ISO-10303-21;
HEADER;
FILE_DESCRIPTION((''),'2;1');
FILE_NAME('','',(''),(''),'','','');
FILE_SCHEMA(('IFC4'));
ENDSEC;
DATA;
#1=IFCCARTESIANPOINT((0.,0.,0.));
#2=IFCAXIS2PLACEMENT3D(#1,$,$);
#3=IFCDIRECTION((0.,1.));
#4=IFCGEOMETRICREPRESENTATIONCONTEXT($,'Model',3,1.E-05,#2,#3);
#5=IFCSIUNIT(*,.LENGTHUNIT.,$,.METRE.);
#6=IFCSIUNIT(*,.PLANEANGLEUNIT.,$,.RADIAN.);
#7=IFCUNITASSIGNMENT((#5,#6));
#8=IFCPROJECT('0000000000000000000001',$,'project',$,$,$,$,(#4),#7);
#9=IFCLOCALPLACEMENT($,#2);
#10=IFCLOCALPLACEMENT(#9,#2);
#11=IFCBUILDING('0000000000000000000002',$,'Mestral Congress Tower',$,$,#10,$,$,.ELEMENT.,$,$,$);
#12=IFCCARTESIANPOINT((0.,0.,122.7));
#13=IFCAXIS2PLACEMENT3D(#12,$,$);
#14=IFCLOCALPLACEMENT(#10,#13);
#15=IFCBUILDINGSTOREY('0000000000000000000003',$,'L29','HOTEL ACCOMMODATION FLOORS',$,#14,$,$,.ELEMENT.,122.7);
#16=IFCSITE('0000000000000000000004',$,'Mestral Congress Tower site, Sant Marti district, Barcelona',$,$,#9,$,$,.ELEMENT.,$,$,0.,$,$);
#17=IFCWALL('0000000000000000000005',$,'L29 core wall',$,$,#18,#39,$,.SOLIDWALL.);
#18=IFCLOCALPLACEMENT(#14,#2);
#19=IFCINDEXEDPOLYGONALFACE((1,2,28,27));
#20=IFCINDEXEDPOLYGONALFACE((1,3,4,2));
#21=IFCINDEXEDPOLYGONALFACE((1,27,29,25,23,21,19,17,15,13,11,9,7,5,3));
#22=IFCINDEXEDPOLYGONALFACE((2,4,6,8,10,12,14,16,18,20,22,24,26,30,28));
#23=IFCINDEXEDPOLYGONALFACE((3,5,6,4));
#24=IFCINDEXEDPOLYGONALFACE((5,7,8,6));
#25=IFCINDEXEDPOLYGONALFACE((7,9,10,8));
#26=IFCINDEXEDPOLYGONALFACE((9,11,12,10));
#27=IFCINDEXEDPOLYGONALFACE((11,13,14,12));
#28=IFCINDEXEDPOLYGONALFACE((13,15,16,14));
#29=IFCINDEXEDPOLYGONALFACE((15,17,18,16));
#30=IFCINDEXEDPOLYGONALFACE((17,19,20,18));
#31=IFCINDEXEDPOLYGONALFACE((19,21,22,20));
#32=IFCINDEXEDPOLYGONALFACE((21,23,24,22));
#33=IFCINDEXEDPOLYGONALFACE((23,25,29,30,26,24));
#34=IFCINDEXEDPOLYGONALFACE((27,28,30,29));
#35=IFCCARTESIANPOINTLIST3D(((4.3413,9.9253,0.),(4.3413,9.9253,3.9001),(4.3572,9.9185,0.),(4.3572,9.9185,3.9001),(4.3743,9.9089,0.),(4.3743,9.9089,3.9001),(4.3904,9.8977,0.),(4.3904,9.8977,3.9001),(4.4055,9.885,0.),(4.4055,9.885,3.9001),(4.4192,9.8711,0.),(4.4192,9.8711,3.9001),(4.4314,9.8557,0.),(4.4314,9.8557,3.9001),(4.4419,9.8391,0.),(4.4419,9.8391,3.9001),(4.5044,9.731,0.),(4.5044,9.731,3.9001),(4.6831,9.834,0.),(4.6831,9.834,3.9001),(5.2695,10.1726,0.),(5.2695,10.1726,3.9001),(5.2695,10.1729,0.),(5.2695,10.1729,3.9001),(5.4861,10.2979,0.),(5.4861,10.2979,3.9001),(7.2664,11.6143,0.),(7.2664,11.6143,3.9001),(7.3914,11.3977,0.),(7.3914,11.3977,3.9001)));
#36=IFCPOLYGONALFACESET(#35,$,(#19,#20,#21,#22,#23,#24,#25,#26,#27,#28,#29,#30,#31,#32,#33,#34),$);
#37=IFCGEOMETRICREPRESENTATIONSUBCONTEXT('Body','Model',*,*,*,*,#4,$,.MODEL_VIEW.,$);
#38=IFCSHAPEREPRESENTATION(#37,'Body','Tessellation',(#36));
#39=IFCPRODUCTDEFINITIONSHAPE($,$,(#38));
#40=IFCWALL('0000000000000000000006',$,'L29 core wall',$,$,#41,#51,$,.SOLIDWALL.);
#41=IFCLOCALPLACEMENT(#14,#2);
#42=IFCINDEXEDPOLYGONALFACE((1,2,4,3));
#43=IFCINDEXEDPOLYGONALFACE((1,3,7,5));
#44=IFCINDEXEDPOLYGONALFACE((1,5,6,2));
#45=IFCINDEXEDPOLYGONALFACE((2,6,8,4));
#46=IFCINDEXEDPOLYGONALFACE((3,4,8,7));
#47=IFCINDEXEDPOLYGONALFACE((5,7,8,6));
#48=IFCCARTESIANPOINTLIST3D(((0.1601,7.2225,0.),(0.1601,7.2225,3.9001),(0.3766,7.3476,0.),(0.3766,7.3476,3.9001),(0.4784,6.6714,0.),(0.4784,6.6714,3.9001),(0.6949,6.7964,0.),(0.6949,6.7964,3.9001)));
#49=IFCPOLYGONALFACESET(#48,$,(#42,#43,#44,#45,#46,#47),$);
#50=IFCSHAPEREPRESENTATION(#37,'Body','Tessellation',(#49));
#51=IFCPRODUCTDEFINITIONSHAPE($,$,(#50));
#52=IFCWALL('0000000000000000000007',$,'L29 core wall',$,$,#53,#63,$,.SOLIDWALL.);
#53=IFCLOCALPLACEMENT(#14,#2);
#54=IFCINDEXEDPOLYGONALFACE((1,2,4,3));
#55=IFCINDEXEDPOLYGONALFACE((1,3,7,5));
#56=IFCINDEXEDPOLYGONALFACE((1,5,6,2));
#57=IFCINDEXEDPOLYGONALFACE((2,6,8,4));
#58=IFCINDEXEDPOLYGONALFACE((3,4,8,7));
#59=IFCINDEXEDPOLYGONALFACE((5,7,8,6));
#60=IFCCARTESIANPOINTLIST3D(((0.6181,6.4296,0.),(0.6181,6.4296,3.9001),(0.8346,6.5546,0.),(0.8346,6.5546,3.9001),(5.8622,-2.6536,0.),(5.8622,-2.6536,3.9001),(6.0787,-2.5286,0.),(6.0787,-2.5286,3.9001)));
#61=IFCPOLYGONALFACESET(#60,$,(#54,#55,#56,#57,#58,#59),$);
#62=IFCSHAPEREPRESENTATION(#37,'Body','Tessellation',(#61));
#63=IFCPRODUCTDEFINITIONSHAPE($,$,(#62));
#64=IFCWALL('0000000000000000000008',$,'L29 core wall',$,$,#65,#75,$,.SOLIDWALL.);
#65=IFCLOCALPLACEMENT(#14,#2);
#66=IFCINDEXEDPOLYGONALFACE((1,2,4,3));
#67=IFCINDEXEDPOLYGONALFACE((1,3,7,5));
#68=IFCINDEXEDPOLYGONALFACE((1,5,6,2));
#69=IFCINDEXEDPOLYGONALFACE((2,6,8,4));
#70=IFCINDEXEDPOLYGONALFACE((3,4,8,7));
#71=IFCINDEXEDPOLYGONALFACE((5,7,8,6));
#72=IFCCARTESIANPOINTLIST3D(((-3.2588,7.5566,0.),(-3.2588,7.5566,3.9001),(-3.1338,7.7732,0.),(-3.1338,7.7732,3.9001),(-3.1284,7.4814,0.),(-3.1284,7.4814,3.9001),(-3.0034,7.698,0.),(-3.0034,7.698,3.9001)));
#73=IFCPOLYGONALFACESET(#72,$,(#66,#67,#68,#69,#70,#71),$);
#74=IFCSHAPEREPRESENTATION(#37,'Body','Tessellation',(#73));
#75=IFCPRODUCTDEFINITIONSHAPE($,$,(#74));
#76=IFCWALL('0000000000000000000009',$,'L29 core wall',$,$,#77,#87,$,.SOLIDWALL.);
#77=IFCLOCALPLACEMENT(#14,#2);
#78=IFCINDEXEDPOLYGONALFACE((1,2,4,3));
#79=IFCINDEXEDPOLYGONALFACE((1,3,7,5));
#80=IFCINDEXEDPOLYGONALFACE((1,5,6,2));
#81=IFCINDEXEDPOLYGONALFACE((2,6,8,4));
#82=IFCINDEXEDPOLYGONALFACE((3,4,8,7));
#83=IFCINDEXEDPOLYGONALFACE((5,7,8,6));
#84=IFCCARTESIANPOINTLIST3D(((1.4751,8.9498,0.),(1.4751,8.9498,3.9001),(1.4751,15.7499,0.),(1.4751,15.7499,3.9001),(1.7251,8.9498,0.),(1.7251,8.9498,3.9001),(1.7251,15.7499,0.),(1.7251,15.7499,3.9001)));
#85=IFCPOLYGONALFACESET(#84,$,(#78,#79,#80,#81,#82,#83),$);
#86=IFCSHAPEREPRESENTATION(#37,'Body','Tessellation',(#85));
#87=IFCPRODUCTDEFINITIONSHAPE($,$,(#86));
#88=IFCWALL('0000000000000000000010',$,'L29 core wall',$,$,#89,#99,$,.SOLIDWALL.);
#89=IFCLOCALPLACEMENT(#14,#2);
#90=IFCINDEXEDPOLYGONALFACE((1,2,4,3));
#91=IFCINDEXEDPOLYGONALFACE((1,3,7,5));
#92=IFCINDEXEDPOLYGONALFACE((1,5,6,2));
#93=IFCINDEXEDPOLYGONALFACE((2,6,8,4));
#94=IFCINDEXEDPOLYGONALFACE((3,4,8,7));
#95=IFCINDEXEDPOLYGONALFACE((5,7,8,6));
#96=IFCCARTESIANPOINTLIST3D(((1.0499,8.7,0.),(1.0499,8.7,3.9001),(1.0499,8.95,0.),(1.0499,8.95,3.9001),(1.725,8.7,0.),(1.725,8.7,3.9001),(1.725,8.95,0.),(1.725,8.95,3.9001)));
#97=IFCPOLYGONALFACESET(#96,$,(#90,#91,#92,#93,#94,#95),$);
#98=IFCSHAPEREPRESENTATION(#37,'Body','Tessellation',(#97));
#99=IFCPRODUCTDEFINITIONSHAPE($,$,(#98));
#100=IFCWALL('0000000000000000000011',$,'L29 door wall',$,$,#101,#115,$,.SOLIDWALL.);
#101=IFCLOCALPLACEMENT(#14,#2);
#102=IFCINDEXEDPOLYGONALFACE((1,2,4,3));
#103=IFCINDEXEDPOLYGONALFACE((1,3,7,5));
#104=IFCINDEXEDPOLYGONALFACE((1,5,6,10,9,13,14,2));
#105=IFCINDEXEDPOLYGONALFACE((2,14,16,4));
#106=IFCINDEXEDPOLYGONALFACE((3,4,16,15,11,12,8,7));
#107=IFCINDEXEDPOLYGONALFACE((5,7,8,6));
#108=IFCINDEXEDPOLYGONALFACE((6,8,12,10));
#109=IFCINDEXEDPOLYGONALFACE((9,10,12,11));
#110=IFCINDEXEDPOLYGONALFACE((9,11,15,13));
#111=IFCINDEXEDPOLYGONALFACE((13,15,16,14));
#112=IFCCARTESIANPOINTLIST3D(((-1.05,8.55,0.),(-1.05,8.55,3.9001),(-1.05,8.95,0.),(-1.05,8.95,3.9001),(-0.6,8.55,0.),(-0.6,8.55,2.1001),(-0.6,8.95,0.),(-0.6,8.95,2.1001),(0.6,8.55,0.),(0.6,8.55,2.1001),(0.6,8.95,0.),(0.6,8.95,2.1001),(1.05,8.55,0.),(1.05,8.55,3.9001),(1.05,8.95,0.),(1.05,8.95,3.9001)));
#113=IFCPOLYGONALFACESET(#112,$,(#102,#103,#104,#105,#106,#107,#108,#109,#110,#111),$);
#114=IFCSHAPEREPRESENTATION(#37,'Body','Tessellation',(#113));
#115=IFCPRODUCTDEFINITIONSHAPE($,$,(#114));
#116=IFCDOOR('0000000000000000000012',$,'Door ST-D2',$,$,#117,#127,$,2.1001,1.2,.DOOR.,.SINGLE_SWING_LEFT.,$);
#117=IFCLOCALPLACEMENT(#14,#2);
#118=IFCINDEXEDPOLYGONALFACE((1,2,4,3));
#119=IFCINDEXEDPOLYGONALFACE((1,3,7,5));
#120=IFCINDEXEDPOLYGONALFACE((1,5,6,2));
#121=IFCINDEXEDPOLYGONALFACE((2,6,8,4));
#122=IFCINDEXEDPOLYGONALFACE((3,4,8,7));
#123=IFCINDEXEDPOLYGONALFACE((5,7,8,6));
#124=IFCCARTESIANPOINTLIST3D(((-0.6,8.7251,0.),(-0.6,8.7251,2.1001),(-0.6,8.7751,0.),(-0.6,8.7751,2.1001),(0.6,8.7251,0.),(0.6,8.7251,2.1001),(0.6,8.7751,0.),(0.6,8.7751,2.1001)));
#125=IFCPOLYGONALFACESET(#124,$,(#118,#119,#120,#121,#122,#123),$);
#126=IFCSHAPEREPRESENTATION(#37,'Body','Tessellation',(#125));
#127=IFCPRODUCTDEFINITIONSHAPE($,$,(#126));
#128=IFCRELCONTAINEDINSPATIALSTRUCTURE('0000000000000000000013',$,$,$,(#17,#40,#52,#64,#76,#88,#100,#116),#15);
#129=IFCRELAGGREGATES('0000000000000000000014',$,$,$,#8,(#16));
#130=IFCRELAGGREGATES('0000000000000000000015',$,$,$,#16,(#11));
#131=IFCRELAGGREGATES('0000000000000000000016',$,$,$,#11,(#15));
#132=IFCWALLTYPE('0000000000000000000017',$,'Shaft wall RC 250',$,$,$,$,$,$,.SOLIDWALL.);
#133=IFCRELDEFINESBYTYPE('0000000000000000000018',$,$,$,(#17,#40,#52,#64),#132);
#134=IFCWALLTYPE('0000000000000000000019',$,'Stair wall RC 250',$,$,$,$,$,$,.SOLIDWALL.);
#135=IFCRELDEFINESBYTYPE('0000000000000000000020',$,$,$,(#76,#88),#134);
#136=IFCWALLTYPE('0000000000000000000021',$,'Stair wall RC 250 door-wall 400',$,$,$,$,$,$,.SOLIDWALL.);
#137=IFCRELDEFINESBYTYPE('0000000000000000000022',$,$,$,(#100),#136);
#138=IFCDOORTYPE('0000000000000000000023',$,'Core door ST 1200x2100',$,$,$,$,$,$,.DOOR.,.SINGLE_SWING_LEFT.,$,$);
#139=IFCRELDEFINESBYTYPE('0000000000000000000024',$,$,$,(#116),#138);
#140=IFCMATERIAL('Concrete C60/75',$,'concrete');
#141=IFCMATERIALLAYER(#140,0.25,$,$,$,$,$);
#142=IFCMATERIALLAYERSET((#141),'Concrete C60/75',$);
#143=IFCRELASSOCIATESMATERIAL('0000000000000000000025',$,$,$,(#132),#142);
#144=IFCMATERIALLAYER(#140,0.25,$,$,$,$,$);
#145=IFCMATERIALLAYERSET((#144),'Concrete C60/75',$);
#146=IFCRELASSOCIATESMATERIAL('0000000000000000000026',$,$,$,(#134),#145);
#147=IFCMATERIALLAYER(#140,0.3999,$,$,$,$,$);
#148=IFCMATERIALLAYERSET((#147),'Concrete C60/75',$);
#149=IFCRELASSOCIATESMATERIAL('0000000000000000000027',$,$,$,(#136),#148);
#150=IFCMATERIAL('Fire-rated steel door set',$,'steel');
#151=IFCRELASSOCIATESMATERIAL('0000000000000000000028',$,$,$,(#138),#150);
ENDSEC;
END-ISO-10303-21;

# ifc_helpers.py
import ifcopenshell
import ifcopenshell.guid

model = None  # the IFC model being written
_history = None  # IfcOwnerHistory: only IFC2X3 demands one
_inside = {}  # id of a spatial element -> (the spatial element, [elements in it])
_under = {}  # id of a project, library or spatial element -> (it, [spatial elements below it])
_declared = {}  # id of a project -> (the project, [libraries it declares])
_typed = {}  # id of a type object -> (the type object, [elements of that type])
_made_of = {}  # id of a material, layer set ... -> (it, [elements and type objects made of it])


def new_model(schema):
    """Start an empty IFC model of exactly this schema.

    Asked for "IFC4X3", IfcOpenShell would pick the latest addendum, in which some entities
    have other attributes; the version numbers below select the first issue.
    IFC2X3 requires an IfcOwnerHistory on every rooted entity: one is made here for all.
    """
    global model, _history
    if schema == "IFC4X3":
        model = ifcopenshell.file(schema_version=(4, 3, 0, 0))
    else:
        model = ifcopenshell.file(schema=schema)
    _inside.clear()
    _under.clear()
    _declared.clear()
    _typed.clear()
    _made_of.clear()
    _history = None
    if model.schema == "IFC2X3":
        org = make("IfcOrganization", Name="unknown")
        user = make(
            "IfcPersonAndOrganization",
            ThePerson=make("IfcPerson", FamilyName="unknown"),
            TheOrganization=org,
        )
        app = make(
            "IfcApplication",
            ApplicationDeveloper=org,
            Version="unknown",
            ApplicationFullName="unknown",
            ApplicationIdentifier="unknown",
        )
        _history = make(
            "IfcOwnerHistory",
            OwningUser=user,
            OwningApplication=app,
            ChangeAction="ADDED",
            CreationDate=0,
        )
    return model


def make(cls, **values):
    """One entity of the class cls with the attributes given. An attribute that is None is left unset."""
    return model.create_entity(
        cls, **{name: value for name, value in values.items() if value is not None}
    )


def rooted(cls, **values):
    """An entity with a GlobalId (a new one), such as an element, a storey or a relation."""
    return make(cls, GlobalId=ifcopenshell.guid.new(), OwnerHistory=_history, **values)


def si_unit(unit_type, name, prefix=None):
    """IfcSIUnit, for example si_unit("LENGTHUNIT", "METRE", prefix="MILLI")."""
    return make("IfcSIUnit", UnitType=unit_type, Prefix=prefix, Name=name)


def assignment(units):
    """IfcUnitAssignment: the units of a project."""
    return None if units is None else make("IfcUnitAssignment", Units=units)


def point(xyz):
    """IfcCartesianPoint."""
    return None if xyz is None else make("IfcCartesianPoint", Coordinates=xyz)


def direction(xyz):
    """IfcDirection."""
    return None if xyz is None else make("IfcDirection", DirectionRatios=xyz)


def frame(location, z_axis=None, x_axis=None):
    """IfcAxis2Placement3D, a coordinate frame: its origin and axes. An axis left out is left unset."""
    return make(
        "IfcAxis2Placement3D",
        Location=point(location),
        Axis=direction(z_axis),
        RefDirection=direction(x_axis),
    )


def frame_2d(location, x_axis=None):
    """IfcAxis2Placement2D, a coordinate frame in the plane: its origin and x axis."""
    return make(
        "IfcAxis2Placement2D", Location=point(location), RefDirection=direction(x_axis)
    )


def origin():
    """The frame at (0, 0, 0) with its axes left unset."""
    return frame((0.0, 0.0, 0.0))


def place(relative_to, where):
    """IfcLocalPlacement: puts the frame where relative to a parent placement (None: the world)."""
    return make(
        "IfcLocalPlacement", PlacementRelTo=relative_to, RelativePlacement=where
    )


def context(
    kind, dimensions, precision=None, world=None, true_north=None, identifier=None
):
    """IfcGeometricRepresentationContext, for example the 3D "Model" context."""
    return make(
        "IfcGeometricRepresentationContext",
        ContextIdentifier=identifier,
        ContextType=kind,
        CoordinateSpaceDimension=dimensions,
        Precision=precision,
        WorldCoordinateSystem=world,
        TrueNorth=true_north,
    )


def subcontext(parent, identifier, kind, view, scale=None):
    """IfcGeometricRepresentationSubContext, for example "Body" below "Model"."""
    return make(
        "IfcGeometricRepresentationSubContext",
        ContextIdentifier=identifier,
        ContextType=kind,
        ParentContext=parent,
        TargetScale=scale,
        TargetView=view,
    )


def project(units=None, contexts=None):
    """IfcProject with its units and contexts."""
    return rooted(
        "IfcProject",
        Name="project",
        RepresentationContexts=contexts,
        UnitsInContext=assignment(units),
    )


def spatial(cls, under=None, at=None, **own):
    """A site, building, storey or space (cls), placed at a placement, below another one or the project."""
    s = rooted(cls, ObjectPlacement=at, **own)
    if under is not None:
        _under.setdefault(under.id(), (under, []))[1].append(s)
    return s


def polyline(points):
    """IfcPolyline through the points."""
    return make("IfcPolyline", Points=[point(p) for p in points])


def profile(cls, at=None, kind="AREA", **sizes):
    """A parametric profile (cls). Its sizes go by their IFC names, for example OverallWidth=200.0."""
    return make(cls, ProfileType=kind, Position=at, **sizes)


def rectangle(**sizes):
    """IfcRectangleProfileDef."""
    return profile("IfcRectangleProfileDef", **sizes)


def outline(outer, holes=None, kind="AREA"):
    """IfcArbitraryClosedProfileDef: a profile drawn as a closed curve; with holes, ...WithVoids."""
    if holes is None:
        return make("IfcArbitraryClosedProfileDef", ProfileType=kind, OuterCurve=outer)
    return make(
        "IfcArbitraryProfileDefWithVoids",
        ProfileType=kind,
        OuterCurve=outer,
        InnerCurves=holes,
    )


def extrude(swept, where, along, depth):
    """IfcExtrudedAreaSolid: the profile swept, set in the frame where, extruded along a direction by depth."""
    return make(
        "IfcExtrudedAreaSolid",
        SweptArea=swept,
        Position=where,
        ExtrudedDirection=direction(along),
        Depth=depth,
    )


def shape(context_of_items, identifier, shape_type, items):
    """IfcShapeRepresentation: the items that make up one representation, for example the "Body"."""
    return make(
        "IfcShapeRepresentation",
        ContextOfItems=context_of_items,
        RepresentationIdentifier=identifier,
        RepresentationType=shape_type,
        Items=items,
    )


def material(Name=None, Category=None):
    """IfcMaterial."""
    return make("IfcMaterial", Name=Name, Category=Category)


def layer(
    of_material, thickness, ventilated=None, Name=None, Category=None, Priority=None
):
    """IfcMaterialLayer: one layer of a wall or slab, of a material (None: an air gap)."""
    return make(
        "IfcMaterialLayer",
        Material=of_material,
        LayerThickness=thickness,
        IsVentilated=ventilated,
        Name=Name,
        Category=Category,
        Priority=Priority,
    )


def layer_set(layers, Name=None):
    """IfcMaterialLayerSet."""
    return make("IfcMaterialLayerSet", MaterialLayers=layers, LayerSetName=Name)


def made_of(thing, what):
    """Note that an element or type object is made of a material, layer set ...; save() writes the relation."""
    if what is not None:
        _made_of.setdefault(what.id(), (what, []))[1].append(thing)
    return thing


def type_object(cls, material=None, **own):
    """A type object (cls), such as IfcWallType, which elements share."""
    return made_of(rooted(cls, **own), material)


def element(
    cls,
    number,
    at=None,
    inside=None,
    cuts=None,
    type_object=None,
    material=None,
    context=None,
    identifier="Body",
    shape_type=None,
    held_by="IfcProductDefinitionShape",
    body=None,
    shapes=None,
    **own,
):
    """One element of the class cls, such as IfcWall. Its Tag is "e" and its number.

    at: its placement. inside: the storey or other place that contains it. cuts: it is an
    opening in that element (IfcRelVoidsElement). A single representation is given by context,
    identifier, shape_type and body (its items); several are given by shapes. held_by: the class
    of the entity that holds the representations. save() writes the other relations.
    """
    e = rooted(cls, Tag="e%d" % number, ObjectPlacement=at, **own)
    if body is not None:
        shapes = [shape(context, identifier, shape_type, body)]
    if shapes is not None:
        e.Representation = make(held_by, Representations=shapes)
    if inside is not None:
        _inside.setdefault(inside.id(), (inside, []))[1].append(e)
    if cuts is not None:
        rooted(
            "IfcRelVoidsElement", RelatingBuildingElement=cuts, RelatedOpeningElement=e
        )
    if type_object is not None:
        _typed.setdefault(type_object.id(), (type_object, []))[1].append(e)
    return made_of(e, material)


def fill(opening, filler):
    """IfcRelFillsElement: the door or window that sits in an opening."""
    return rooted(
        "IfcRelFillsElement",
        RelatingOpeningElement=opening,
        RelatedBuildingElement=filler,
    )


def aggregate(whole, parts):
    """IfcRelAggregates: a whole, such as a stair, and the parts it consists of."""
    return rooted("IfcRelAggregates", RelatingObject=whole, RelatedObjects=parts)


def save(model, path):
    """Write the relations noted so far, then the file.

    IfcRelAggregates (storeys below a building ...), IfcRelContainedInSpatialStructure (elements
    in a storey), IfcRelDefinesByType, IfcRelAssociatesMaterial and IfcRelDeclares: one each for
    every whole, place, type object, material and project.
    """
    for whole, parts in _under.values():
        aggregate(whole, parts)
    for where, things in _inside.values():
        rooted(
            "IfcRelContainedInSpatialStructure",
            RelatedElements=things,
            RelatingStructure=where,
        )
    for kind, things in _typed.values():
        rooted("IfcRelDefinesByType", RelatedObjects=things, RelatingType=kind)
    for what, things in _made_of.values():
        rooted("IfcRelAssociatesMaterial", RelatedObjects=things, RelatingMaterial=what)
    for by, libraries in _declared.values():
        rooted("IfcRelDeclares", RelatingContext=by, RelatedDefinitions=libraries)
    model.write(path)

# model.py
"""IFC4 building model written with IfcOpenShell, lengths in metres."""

from ifc_helpers import new_model, si_unit, direction, frame, frame_2d, origin, place, context, subcontext, project, spatial, polyline, rectangle, outline, extrude, material, layer, layer_set, type_object, element, fill, save


model = new_model("IFC4")

# Units and contexts
model_context = context("Model", 3, precision=1e-05, world=origin(), true_north=direction((0.0, 1.0)))
body_context = subcontext(model_context, "Body", "Model", "MODEL_VIEW")
ifc_project = project(units=[si_unit("LENGTHUNIT", "METRE"), si_unit("PLANEANGLEUNIT", "RADIAN")], contexts=[model_context])

# Site, building, storey
site_placement = place(None, origin())
site = spatial("IfcSite", under=ifc_project, at=site_placement, Name="Mestral Congress Tower site, Sant Marti district, Barcelona", CompositionType="ELEMENT", RefElevation=0.0)
building_placement = place(site_placement, origin())
building = spatial("IfcBuilding", under=site, at=building_placement, Name="Mestral Congress Tower", CompositionType="ELEMENT")
storey_placement = place(building_placement, frame((0.0, 0.0, 122.7)))
storey = spatial("IfcBuildingStorey", under=building, at=storey_placement, Name="L29", Description="HOTEL ACCOMMODATION FLOORS", CompositionType="ELEMENT", Elevation=122.7)

# Shared definitions
ifc_material_1 = material(Name="Concrete C60/75", Category="concrete")

# Shared definitions
ifc_material_2 = material(Name="Fire-rated steel door set", Category="steel")

# Walls
placement = place(storey_placement, origin())
ifc_layer_1 = layer(ifc_material_1, 0.25)
ifc_layer_set_1 = layer_set([ifc_layer_1], Name="Concrete C60/75")
wall_type_1 = type_object("IfcWallType", Name="Shaft wall RC 250", PredefinedType="SOLIDWALL", material=ifc_layer_set_1)
element("IfcWall", 1, at=placement, inside=storey, type_object=wall_type_1, Name="L29 core wall", PredefinedType="SOLIDWALL", context=body_context, shape_type="SweptSolid", body=[
    extrude(outline(polyline([(5.2695, 10.1726), (5.2695, 10.1726), (4.6831, 9.834), (4.5044, 9.731), (4.4419, 9.8391), (4.4314, 9.8557), (4.4192, 9.8711), (4.4055, 9.885), (4.3904, 9.8977), (4.3743, 9.9089), (4.3572, 9.9185), (4.3413, 9.9253), (7.2664, 11.6143), (7.3914, 11.3977), (5.4861, 10.2979), (5.4861, 10.2979), (5.2695, 10.1729), (5.2695, 10.1726)])), origin(), (0.0, 0.0, 1.0), 3.9001),
])
wall_1_placement = place(storey_placement, frame((0.2683, 7.2852, 0.0), z_axis=(0.0, 0.0, 1.0), x_axis=(0.500099, -0.865968, 0.0)))
element("IfcWall", 2, at=wall_1_placement, inside=storey, type_object=wall_type_1, Name="L29 core wall", PredefinedType="SOLIDWALL", context=body_context, shape_type="SweptSolid", body=[
    extrude(rectangle(XDim=0.6365, YDim=0.25, at=frame_2d((0.3184, 0.0))), origin(), (0.0, 0.0, 1.0), 3.9001),
])
wall_2_placement = place(storey_placement, frame((5.9705, -2.5911, 0.0), z_axis=(0.0, 0.0, 1.0), x_axis=(-0.499994, 0.866029, 0.0)))
element("IfcWall", 3, at=wall_2_placement, inside=storey, type_object=wall_type_1, Name="L29 core wall", PredefinedType="SOLIDWALL", context=body_context, shape_type="SweptSolid", body=[
    extrude(rectangle(XDim=10.4883, YDim=0.25, at=frame_2d((5.2441, 0.0))), origin(), (0.0, 0.0, 1.0), 3.9001),
])
element("IfcWall", 4, at=placement, inside=storey, type_object=wall_type_1, Name="L29 core wall", PredefinedType="SOLIDWALL", context=body_context, shape_type="SweptSolid", body=[
    extrude(outline(polyline([(-3.1284, 7.4814), (-3.2588, 7.5566), (-3.1338, 7.7732), (-3.0034, 7.698), (-3.1284, 7.4814)])), origin(), (0.0, 0.0, 1.0), 3.9001),
])
ifc_layer_2 = layer(ifc_material_1, 0.25)
ifc_layer_set_2 = layer_set([ifc_layer_2], Name="Concrete C60/75")
wall_type_2 = type_object("IfcWallType", Name="Stair wall RC 250", PredefinedType="SOLIDWALL", material=ifc_layer_set_2)
wall_3_placement = place(storey_placement, frame((1.6001, 8.95, 0.0), z_axis=(0.0, 0.0, 1.0), x_axis=(0.0, 1.0, 0.0)))
element("IfcWall", 5, at=wall_3_placement, inside=storey, type_object=wall_type_2, Name="L29 core wall", PredefinedType="SOLIDWALL", context=body_context, shape_type="SweptSolid", body=[
    extrude(rectangle(XDim=6.8, YDim=0.25, at=frame_2d((3.3999, 0.0))), origin(), (0.0, 0.0, 1.0), 3.9001),
])
wall_4_placement = place(storey_placement, frame((1.05, 8.825, 0.0), z_axis=(0.0, 0.0, 1.0), x_axis=(1.0, 0.0, 0.0)))
element("IfcWall", 6, at=wall_4_placement, inside=storey, type_object=wall_type_2, Name="L29 core wall", PredefinedType="SOLIDWALL", context=body_context, shape_type="SweptSolid", body=[
    extrude(rectangle(XDim=0.675, YDim=0.25, at=frame_2d((0.3374, 0.0))), origin(), (0.0, 0.0, 1.0), 3.9001),
])

# Wall, opening, door
ifc_layer_3 = layer(ifc_material_1, 0.3999)
ifc_layer_set_3 = layer_set([ifc_layer_3], Name="Concrete C60/75")
wall_type_3 = type_object("IfcWallType", Name="Stair wall RC 250 door-wall 400", PredefinedType="SOLIDWALL", material=ifc_layer_set_3)
wall_5_placement = place(storey_placement, frame((1.05, 8.75, 0.0), z_axis=(0.0, 0.0, 1.0), x_axis=(-1.0, 0.0, 0.0)))
wall_5 = element("IfcWall", 7, at=wall_5_placement, inside=storey, type_object=wall_type_3, Name="L29 door wall", PredefinedType="SOLIDWALL", context=body_context, shape_type="SweptSolid", body=[
    extrude(rectangle(XDim=2.1001, YDim=0.3999, at=frame_2d((1.05, 0.0))), origin(), (0.0, 0.0, 1.0), 3.9001),
])
opening_1_placement = place(wall_5_placement, frame((0.45, 0.0, 0.0)))
opening_1 = element("IfcOpeningElement", 8, at=opening_1_placement, cuts=wall_5, PredefinedType="OPENING", context=body_context, shape_type="SweptSolid", body=[
    extrude(rectangle(XDim=1.2, YDim=2.1001, at=frame_2d((0.6001, 1.05))), frame((0.0, 0.21, 0.0), z_axis=(0.0, -1.0, 0.0), x_axis=(1.0, 0.0, 0.0)), (0.0, 0.0, 1.0), 0.4199),
])
door_type_1 = type_object("IfcDoorType", Name="Core door ST 1200x2100", OperationType="SINGLE_SWING_LEFT", PredefinedType="DOOR", material=ifc_material_2)
door_1_placement = place(opening_1_placement, origin())
door_1 = element("IfcDoor", 9, at=door_1_placement, inside=storey, type_object=door_type_1, Name="Door ST-D2", OperationType="SINGLE_SWING_LEFT", OverallHeight=2.1001, OverallWidth=1.2, PredefinedType="DOOR", context=body_context, shape_type="SweptSolid", body=[
    extrude(rectangle(XDim=1.2, YDim=2.1001, at=frame_2d((0.6001, 1.05))), frame((0.0, 0.0249, 0.0), z_axis=(0.0, -1.0, 0.0), x_axis=(1.0, 0.0, 0.0)), (0.0, 0.0, 1.0), 0.05),
])
fill(opening_1, door_1)

save(model, "model.ifc")
